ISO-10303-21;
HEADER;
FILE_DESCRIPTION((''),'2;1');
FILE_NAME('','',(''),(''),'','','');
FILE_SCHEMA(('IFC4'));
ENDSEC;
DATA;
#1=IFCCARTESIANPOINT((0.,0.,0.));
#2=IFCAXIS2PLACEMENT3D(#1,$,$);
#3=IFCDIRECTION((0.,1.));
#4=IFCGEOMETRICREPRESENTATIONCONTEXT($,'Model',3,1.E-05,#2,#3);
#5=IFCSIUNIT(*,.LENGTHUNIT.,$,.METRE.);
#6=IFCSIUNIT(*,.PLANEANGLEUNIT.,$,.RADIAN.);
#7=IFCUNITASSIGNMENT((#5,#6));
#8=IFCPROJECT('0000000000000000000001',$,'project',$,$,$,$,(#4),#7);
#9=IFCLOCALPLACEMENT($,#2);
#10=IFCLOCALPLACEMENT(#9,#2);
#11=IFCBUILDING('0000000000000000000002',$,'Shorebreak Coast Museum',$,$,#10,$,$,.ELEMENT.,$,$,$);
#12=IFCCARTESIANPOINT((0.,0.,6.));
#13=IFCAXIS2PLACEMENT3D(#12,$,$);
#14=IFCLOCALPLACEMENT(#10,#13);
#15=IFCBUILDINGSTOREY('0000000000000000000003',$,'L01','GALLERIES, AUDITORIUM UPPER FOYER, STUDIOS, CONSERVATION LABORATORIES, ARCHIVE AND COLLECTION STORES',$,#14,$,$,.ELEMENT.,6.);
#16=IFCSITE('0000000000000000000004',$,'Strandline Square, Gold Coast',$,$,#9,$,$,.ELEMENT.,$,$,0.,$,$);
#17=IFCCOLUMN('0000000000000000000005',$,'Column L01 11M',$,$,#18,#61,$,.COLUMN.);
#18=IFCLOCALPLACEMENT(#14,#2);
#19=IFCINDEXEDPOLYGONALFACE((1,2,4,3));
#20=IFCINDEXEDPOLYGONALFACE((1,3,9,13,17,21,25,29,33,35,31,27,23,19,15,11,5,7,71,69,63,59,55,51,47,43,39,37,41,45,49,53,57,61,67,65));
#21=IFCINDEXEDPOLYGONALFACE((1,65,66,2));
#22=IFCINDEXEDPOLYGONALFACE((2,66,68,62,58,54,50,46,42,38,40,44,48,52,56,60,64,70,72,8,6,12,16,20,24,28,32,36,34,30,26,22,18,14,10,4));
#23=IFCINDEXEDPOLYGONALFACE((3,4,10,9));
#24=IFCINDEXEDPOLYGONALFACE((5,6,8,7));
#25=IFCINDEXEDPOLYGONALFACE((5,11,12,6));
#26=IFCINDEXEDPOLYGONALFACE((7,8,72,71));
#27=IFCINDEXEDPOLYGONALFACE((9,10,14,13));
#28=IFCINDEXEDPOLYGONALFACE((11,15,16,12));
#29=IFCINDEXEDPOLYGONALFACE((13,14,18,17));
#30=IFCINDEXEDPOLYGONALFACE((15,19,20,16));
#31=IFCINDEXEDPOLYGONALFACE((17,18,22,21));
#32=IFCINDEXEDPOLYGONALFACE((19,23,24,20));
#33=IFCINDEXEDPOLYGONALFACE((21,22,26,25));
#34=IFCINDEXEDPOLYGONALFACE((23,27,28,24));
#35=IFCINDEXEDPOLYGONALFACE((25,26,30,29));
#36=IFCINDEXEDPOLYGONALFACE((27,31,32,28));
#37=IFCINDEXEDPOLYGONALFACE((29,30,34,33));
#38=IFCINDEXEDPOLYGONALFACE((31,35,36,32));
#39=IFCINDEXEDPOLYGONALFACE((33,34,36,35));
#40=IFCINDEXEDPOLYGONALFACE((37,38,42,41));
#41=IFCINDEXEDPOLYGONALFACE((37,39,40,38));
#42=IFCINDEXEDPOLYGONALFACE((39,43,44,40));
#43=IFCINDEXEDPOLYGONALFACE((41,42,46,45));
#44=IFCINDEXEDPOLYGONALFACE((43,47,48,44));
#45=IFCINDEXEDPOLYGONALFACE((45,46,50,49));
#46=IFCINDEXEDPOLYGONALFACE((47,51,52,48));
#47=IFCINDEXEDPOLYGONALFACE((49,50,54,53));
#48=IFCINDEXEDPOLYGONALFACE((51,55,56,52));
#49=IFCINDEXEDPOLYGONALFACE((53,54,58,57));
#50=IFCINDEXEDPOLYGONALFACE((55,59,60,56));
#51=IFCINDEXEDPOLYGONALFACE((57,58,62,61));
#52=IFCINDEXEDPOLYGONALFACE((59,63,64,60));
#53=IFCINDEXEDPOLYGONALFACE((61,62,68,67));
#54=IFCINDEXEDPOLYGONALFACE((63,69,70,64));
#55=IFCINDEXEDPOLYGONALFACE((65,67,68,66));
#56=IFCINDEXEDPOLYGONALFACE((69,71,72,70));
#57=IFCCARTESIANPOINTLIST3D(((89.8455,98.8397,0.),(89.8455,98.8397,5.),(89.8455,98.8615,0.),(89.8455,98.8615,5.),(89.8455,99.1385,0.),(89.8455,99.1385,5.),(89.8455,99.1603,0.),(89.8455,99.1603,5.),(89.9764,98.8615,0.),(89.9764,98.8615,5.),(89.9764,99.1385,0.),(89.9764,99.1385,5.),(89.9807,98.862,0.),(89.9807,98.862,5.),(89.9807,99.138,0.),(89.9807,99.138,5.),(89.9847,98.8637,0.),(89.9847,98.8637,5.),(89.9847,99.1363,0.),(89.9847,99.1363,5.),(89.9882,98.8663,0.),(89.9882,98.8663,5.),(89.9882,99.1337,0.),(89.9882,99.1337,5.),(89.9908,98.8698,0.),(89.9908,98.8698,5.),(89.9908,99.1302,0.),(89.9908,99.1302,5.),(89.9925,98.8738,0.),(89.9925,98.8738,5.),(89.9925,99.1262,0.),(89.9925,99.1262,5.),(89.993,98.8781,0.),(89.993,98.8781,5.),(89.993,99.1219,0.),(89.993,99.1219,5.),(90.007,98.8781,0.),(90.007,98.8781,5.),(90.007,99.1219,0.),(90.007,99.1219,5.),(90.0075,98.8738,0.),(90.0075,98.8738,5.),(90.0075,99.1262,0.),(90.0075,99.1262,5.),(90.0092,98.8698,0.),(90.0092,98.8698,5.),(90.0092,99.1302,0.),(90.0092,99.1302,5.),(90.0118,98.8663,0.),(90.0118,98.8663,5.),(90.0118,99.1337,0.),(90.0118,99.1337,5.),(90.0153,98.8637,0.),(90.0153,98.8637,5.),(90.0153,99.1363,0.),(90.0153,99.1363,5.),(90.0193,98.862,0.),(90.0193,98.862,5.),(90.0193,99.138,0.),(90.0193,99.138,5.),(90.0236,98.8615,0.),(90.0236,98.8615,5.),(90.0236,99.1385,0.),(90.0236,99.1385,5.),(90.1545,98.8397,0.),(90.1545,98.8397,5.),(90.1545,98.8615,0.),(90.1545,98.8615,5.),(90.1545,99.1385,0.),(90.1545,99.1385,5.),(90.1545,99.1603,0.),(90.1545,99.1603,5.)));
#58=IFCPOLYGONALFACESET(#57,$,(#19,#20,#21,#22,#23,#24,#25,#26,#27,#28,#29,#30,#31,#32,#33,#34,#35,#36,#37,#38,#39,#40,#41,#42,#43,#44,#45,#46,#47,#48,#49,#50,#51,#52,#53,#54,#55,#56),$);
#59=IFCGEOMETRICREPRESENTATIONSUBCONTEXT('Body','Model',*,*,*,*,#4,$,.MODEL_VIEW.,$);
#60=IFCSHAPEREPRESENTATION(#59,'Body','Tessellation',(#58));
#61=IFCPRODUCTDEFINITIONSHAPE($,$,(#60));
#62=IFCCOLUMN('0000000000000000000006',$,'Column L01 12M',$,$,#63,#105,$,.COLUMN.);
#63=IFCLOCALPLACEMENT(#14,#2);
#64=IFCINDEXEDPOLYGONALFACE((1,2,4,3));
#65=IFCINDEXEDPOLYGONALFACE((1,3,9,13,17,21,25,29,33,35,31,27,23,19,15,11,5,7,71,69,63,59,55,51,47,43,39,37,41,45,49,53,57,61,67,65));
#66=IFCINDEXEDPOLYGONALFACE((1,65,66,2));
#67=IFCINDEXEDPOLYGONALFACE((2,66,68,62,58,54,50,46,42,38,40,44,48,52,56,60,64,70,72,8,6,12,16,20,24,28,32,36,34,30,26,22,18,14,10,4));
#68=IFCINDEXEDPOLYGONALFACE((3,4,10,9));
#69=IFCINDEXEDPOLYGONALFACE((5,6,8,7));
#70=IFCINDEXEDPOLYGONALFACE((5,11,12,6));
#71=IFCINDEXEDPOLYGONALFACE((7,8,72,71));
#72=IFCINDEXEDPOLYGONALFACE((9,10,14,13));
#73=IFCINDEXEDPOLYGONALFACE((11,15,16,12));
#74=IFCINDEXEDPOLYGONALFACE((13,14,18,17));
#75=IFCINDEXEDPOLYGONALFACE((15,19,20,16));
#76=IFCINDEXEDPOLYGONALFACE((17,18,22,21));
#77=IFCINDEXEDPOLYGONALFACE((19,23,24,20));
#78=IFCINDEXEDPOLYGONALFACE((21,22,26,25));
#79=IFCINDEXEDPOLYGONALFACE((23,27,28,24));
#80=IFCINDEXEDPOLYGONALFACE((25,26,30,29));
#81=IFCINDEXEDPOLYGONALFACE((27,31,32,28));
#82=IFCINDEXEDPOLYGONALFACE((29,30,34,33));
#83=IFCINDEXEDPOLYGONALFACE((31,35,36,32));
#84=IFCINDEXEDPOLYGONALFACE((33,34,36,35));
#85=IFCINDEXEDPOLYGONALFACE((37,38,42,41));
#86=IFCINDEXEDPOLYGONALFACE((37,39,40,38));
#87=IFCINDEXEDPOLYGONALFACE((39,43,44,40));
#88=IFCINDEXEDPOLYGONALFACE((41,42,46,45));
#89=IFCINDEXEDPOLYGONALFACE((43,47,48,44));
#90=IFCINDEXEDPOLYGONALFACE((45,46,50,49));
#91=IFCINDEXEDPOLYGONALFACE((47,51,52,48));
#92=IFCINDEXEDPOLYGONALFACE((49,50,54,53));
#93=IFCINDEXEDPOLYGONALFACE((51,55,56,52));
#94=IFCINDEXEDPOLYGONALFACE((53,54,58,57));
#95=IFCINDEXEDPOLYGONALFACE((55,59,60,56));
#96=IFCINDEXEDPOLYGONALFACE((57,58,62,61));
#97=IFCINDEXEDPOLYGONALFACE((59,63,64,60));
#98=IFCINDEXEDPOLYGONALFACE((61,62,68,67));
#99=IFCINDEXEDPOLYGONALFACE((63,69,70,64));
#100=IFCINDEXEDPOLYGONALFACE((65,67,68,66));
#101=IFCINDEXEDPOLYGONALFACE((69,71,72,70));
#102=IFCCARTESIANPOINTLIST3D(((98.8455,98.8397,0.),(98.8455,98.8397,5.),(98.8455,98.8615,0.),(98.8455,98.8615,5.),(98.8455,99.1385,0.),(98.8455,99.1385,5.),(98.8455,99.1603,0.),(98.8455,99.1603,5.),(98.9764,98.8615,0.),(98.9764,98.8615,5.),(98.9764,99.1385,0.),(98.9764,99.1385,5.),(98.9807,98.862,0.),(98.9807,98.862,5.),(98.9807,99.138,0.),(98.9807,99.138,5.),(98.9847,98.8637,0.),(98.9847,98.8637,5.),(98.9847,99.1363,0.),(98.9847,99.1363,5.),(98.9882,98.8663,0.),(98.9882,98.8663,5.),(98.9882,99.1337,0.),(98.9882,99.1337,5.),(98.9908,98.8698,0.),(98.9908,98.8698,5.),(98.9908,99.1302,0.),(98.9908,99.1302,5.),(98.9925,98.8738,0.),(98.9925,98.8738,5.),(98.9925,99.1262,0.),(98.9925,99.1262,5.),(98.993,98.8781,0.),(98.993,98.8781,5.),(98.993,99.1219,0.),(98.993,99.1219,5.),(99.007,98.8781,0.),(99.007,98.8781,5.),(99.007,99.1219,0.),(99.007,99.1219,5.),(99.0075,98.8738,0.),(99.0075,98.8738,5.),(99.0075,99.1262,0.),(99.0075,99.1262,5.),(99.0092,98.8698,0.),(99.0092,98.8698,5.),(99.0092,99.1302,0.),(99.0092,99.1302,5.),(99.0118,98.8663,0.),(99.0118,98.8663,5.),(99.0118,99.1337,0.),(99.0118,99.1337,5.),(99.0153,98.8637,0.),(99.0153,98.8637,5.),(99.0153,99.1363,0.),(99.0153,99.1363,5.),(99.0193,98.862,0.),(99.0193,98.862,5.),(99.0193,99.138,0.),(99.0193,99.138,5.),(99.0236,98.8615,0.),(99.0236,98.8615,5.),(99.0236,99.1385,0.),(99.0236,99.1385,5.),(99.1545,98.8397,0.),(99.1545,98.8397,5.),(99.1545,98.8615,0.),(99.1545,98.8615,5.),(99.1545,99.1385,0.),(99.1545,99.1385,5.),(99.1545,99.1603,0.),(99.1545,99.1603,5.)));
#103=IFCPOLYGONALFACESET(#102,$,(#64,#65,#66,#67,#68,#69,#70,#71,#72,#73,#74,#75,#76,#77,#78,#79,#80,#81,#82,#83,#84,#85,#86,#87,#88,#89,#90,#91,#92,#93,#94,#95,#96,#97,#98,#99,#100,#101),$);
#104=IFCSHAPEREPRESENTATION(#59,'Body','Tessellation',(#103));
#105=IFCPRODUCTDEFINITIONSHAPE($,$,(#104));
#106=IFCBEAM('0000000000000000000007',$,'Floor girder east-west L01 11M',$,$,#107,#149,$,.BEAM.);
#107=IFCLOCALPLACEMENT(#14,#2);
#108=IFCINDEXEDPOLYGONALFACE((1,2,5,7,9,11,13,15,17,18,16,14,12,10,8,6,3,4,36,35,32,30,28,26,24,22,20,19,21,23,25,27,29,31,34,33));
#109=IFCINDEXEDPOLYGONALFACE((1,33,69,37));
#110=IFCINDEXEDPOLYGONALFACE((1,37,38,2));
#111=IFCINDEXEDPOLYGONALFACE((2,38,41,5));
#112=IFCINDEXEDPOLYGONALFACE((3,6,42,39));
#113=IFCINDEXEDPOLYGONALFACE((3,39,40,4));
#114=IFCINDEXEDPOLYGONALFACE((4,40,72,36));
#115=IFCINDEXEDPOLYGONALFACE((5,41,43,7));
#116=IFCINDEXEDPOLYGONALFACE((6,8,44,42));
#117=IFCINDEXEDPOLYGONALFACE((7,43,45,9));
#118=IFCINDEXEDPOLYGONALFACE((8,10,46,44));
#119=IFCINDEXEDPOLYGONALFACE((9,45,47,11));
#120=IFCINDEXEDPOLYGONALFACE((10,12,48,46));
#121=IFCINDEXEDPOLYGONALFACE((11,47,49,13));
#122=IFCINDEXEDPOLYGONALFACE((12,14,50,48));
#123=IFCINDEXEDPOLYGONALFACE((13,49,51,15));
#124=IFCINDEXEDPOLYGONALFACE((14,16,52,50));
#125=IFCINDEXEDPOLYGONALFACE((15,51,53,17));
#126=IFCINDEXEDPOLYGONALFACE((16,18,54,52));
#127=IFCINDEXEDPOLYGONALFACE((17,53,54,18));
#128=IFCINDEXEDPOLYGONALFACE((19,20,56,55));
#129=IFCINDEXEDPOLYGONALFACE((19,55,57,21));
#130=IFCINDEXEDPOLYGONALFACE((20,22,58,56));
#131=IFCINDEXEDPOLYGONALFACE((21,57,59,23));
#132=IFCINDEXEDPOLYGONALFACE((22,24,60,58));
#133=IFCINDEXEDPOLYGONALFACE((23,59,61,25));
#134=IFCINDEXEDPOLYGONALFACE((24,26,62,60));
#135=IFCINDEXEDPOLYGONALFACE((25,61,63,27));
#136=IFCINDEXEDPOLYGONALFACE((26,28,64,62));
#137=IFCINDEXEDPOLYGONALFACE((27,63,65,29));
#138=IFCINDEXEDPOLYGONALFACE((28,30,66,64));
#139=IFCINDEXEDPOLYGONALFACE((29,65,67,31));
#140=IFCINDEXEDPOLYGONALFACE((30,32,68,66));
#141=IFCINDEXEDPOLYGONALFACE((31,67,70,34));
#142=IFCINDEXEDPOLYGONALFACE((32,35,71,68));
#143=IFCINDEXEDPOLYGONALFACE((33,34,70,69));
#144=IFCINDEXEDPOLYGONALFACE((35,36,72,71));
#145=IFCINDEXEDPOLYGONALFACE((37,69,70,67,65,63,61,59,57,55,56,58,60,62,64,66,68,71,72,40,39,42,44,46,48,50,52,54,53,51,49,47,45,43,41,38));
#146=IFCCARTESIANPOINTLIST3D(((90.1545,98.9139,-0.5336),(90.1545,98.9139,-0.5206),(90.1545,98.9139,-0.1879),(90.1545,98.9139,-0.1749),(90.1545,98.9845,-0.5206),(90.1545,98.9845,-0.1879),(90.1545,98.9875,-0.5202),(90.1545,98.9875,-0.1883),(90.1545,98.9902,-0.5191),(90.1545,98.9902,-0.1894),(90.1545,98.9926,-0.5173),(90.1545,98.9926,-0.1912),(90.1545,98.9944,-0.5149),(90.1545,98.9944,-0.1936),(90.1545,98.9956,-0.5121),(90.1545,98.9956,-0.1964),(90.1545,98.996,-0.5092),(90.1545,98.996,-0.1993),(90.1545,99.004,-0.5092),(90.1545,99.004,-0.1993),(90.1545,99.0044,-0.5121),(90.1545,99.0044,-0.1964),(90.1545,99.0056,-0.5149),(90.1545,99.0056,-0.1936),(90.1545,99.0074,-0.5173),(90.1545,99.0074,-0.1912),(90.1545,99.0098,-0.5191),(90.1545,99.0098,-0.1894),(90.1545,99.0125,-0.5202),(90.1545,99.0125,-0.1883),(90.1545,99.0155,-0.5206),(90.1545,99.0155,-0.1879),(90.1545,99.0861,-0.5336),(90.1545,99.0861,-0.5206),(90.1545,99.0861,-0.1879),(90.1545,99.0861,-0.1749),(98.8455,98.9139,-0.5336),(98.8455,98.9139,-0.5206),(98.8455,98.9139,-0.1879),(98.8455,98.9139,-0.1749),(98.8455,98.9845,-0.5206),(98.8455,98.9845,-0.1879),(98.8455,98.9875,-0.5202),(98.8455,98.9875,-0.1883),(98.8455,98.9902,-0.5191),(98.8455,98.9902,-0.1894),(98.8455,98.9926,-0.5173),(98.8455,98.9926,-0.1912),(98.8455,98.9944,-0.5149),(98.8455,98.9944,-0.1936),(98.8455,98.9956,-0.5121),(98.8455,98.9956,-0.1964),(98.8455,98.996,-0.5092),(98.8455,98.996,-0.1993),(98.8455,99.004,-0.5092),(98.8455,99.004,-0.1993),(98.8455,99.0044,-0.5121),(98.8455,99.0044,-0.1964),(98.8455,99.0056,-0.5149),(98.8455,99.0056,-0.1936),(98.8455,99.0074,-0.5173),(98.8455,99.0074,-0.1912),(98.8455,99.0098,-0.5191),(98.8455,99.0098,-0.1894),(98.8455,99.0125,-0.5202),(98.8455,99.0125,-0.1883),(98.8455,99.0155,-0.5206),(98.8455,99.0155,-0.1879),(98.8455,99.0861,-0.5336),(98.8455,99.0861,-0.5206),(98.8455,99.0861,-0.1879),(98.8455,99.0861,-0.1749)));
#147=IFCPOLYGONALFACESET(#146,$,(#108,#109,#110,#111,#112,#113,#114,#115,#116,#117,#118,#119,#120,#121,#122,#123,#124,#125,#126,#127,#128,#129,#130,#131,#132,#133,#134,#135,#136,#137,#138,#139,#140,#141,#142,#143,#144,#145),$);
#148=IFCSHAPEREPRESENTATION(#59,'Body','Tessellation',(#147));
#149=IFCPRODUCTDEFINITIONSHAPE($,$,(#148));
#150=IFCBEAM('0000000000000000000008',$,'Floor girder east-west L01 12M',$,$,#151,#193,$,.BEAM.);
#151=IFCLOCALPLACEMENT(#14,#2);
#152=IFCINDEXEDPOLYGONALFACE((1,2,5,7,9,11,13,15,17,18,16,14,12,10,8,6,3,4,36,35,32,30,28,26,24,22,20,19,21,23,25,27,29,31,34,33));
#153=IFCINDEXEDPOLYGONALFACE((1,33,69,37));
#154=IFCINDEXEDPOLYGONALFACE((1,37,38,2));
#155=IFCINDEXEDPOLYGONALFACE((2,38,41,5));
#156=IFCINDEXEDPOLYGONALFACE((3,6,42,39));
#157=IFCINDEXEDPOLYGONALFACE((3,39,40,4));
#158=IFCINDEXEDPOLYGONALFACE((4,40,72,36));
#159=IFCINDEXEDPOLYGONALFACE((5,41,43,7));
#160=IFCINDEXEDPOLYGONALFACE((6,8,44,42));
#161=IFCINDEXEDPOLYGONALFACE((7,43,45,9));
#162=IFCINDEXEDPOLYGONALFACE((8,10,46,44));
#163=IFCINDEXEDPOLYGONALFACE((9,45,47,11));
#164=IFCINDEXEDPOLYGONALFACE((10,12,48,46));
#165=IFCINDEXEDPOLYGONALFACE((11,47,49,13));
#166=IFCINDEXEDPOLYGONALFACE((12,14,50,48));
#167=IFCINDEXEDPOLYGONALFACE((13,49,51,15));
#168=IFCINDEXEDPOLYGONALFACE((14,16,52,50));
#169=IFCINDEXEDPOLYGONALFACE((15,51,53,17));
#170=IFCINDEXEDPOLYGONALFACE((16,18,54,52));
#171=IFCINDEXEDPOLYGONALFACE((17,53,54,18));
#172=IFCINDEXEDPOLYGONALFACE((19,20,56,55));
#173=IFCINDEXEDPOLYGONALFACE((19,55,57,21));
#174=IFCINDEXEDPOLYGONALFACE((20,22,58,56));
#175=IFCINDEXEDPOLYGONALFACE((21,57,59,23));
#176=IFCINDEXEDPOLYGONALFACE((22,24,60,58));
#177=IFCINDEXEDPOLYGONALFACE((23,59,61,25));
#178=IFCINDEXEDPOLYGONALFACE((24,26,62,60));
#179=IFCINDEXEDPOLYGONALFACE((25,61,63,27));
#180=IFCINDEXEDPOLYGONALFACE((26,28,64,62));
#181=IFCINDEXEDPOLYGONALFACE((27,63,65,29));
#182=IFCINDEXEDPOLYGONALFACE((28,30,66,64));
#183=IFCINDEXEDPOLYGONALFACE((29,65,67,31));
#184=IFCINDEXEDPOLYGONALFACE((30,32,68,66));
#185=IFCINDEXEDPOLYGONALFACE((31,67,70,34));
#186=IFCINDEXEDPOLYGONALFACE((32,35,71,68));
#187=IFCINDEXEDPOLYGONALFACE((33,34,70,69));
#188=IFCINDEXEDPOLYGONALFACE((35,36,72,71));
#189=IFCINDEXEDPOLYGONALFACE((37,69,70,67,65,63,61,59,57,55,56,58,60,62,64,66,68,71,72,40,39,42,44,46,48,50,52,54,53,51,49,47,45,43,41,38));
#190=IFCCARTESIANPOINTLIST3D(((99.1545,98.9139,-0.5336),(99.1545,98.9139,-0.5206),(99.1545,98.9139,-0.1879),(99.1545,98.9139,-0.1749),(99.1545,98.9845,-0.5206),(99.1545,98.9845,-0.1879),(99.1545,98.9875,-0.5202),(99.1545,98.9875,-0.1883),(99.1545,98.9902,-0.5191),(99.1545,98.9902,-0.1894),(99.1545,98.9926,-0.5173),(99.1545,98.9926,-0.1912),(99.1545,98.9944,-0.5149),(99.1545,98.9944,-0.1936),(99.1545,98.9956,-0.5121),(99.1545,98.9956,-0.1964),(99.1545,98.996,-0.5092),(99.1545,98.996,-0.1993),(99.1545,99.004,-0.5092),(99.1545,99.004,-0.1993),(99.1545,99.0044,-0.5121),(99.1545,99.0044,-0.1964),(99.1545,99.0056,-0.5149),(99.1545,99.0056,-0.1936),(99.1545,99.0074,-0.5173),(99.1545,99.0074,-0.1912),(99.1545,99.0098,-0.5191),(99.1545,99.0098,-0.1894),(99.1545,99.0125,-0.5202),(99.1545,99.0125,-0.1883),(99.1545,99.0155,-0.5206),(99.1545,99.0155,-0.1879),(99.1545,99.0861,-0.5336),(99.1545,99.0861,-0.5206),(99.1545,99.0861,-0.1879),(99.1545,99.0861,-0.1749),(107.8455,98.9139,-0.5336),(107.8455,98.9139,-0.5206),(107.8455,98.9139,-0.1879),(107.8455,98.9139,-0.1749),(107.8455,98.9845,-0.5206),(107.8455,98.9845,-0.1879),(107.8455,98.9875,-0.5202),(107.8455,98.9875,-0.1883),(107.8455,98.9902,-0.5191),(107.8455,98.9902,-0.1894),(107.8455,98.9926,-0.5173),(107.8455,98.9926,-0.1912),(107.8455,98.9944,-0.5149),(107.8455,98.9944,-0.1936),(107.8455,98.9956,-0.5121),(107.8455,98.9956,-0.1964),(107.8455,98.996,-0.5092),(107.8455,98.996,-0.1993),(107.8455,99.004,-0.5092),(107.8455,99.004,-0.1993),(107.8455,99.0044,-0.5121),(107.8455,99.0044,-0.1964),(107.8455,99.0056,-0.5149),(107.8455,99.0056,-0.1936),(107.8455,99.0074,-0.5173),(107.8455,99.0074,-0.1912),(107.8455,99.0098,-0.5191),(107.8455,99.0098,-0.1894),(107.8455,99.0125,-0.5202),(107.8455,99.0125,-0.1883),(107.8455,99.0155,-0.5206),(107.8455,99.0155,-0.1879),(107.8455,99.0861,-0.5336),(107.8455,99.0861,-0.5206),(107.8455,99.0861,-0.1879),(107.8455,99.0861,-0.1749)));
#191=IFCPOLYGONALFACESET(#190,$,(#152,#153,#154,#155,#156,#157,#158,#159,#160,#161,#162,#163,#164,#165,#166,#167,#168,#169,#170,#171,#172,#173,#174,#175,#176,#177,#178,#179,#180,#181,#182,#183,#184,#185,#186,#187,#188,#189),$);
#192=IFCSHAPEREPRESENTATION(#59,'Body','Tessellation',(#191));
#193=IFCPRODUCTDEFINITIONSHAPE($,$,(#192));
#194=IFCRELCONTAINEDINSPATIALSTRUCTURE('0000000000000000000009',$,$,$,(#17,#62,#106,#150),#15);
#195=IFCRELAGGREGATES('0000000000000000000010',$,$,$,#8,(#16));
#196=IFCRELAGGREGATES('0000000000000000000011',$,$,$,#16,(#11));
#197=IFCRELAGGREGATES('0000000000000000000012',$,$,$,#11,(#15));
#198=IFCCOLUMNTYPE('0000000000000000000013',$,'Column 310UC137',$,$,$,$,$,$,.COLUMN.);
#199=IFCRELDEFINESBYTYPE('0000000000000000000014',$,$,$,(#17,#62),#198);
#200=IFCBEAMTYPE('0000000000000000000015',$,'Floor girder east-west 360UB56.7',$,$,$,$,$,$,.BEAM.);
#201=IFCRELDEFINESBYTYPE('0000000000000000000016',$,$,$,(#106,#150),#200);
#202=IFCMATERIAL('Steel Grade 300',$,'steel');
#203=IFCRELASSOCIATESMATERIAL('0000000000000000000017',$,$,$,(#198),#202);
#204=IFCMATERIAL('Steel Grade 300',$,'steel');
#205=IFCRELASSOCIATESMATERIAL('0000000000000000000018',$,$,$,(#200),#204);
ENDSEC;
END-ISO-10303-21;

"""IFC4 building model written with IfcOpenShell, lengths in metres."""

from ifc_helpers import new_model, si_unit, direction, frame, origin, origin_2d, place, context, subcontext, project, spatial, i_section, extrude, material, material_profile, profile_set, type_object, element, save


model = new_model("IFC4")

# Units and contexts
model_context = context("Model", 3, precision=1e-05, world=origin(), true_north=direction((0.0, 1.0)))
body_context = subcontext(model_context, "Body", "Model", "MODEL_VIEW")
ifc_project = project(units=[si_unit("LENGTHUNIT", "METRE"), si_unit("PLANEANGLEUNIT", "RADIAN")], contexts=[model_context])

# Site, building, storey
site_placement = place(None, origin())
site = spatial("IfcSite", under=ifc_project, at=site_placement, Name="Strandline Square, Gold Coast", CompositionType="ELEMENT", RefElevation=0.0)
building_placement = place(site_placement, origin())
building = spatial("IfcBuilding", under=site, at=building_placement, Name="Shorebreak Coast Museum", CompositionType="ELEMENT")
storey_placement = place(building_placement, frame((0.0, 0.0, 6.0)))
storey = spatial("IfcBuildingStorey", under=building, at=storey_placement, Name="L01", Description="GALLERIES, AUDITORIUM UPPER FOYER, STUDIOS, CONSERVATION LABORATORIES, ARCHIVE AND COLLECTION STORES", CompositionType="ELEMENT", Elevation=6.0)

# Columns
ifc_material_1 = material(Name="Steel Grade 300", Category="steel")
ifc_material_profile_1 = material_profile(ifc_material_1, i_section(OverallWidth=0.3091, OverallDepth=0.3206, WebThickness=0.0139, FlangeThickness=0.0217, FilletRadius=0.0166, at=origin_2d()), Name="310UC137")
ifc_profile_set_1 = profile_set([ifc_material_profile_1], Name="Steel Grade 300")
column_type = type_object("IfcColumnType", Name="Column 310UC137", PredefinedType="COLUMN", material=ifc_profile_set_1)
for number, where, z_axis, x_axis, name in (
    (1, (90.0, 99.0, 0.0), (0.0, 0.0, 1.0), (1.0, 0.0, 0.0), "Column L01 11M"),
    (2, (99.0, 99.0, 0.0), (0.0, 0.0, 1.0), (1.0, 0.0, 0.0), "Column L01 12M"),
):
    element("IfcColumn", number, at=place(storey_placement, frame(where, z_axis=z_axis, x_axis=x_axis)), inside=storey, type_object=column_type, Name=name, PredefinedType="COLUMN", context=body_context, shape_type="SweptSolid", body=[
        extrude(i_section(OverallWidth=0.3091, OverallDepth=0.3206, WebThickness=0.0139, FlangeThickness=0.0217, FilletRadius=0.0166, at=origin_2d()), origin(), (0.0, 0.0, 1.0), 5.0),
    ])

# Beams
ifc_material_2 = material(Name="Steel Grade 300", Category="steel")
ifc_material_profile_2 = material_profile(ifc_material_2, i_section(OverallWidth=0.1721, OverallDepth=0.3586, WebThickness=0.0081, FlangeThickness=0.0129, FilletRadius=0.0115, at=origin_2d()), Name="360UB56.7")
ifc_profile_set_2 = profile_set([ifc_material_profile_2], Name="Steel Grade 300")
beam_type_1 = type_object("IfcBeamType", Name="Floor girder east-west 360UB56.7", PredefinedType="BEAM", material=ifc_profile_set_2)
for number, where, z_axis, x_axis, name in (
    (3, (90.1545, 99.0, -0.3542), (1.0, 0.0, 0.0), (0.0, 1.0, 0.0), "Floor girder east-west L01 11M"),
    (4, (99.1545, 99.0, -0.3542), (1.0, 0.0, 0.0), (0.0, 1.0, 0.0), "Floor girder east-west L01 12M"),
):
    element("IfcBeam", number, at=place(storey_placement, frame(where, z_axis=z_axis, x_axis=x_axis)), inside=storey, type_object=beam_type_1, Name=name, PredefinedType="BEAM", context=body_context, shape_type="SweptSolid", body=[
        extrude(i_section(OverallWidth=0.1721, OverallDepth=0.3586, WebThickness=0.0081, FlangeThickness=0.0129, FilletRadius=0.0115, at=origin_2d()), origin(), (0.0, 0.0, 1.0), 8.6909),
    ])

save(model, "model.ifc")
